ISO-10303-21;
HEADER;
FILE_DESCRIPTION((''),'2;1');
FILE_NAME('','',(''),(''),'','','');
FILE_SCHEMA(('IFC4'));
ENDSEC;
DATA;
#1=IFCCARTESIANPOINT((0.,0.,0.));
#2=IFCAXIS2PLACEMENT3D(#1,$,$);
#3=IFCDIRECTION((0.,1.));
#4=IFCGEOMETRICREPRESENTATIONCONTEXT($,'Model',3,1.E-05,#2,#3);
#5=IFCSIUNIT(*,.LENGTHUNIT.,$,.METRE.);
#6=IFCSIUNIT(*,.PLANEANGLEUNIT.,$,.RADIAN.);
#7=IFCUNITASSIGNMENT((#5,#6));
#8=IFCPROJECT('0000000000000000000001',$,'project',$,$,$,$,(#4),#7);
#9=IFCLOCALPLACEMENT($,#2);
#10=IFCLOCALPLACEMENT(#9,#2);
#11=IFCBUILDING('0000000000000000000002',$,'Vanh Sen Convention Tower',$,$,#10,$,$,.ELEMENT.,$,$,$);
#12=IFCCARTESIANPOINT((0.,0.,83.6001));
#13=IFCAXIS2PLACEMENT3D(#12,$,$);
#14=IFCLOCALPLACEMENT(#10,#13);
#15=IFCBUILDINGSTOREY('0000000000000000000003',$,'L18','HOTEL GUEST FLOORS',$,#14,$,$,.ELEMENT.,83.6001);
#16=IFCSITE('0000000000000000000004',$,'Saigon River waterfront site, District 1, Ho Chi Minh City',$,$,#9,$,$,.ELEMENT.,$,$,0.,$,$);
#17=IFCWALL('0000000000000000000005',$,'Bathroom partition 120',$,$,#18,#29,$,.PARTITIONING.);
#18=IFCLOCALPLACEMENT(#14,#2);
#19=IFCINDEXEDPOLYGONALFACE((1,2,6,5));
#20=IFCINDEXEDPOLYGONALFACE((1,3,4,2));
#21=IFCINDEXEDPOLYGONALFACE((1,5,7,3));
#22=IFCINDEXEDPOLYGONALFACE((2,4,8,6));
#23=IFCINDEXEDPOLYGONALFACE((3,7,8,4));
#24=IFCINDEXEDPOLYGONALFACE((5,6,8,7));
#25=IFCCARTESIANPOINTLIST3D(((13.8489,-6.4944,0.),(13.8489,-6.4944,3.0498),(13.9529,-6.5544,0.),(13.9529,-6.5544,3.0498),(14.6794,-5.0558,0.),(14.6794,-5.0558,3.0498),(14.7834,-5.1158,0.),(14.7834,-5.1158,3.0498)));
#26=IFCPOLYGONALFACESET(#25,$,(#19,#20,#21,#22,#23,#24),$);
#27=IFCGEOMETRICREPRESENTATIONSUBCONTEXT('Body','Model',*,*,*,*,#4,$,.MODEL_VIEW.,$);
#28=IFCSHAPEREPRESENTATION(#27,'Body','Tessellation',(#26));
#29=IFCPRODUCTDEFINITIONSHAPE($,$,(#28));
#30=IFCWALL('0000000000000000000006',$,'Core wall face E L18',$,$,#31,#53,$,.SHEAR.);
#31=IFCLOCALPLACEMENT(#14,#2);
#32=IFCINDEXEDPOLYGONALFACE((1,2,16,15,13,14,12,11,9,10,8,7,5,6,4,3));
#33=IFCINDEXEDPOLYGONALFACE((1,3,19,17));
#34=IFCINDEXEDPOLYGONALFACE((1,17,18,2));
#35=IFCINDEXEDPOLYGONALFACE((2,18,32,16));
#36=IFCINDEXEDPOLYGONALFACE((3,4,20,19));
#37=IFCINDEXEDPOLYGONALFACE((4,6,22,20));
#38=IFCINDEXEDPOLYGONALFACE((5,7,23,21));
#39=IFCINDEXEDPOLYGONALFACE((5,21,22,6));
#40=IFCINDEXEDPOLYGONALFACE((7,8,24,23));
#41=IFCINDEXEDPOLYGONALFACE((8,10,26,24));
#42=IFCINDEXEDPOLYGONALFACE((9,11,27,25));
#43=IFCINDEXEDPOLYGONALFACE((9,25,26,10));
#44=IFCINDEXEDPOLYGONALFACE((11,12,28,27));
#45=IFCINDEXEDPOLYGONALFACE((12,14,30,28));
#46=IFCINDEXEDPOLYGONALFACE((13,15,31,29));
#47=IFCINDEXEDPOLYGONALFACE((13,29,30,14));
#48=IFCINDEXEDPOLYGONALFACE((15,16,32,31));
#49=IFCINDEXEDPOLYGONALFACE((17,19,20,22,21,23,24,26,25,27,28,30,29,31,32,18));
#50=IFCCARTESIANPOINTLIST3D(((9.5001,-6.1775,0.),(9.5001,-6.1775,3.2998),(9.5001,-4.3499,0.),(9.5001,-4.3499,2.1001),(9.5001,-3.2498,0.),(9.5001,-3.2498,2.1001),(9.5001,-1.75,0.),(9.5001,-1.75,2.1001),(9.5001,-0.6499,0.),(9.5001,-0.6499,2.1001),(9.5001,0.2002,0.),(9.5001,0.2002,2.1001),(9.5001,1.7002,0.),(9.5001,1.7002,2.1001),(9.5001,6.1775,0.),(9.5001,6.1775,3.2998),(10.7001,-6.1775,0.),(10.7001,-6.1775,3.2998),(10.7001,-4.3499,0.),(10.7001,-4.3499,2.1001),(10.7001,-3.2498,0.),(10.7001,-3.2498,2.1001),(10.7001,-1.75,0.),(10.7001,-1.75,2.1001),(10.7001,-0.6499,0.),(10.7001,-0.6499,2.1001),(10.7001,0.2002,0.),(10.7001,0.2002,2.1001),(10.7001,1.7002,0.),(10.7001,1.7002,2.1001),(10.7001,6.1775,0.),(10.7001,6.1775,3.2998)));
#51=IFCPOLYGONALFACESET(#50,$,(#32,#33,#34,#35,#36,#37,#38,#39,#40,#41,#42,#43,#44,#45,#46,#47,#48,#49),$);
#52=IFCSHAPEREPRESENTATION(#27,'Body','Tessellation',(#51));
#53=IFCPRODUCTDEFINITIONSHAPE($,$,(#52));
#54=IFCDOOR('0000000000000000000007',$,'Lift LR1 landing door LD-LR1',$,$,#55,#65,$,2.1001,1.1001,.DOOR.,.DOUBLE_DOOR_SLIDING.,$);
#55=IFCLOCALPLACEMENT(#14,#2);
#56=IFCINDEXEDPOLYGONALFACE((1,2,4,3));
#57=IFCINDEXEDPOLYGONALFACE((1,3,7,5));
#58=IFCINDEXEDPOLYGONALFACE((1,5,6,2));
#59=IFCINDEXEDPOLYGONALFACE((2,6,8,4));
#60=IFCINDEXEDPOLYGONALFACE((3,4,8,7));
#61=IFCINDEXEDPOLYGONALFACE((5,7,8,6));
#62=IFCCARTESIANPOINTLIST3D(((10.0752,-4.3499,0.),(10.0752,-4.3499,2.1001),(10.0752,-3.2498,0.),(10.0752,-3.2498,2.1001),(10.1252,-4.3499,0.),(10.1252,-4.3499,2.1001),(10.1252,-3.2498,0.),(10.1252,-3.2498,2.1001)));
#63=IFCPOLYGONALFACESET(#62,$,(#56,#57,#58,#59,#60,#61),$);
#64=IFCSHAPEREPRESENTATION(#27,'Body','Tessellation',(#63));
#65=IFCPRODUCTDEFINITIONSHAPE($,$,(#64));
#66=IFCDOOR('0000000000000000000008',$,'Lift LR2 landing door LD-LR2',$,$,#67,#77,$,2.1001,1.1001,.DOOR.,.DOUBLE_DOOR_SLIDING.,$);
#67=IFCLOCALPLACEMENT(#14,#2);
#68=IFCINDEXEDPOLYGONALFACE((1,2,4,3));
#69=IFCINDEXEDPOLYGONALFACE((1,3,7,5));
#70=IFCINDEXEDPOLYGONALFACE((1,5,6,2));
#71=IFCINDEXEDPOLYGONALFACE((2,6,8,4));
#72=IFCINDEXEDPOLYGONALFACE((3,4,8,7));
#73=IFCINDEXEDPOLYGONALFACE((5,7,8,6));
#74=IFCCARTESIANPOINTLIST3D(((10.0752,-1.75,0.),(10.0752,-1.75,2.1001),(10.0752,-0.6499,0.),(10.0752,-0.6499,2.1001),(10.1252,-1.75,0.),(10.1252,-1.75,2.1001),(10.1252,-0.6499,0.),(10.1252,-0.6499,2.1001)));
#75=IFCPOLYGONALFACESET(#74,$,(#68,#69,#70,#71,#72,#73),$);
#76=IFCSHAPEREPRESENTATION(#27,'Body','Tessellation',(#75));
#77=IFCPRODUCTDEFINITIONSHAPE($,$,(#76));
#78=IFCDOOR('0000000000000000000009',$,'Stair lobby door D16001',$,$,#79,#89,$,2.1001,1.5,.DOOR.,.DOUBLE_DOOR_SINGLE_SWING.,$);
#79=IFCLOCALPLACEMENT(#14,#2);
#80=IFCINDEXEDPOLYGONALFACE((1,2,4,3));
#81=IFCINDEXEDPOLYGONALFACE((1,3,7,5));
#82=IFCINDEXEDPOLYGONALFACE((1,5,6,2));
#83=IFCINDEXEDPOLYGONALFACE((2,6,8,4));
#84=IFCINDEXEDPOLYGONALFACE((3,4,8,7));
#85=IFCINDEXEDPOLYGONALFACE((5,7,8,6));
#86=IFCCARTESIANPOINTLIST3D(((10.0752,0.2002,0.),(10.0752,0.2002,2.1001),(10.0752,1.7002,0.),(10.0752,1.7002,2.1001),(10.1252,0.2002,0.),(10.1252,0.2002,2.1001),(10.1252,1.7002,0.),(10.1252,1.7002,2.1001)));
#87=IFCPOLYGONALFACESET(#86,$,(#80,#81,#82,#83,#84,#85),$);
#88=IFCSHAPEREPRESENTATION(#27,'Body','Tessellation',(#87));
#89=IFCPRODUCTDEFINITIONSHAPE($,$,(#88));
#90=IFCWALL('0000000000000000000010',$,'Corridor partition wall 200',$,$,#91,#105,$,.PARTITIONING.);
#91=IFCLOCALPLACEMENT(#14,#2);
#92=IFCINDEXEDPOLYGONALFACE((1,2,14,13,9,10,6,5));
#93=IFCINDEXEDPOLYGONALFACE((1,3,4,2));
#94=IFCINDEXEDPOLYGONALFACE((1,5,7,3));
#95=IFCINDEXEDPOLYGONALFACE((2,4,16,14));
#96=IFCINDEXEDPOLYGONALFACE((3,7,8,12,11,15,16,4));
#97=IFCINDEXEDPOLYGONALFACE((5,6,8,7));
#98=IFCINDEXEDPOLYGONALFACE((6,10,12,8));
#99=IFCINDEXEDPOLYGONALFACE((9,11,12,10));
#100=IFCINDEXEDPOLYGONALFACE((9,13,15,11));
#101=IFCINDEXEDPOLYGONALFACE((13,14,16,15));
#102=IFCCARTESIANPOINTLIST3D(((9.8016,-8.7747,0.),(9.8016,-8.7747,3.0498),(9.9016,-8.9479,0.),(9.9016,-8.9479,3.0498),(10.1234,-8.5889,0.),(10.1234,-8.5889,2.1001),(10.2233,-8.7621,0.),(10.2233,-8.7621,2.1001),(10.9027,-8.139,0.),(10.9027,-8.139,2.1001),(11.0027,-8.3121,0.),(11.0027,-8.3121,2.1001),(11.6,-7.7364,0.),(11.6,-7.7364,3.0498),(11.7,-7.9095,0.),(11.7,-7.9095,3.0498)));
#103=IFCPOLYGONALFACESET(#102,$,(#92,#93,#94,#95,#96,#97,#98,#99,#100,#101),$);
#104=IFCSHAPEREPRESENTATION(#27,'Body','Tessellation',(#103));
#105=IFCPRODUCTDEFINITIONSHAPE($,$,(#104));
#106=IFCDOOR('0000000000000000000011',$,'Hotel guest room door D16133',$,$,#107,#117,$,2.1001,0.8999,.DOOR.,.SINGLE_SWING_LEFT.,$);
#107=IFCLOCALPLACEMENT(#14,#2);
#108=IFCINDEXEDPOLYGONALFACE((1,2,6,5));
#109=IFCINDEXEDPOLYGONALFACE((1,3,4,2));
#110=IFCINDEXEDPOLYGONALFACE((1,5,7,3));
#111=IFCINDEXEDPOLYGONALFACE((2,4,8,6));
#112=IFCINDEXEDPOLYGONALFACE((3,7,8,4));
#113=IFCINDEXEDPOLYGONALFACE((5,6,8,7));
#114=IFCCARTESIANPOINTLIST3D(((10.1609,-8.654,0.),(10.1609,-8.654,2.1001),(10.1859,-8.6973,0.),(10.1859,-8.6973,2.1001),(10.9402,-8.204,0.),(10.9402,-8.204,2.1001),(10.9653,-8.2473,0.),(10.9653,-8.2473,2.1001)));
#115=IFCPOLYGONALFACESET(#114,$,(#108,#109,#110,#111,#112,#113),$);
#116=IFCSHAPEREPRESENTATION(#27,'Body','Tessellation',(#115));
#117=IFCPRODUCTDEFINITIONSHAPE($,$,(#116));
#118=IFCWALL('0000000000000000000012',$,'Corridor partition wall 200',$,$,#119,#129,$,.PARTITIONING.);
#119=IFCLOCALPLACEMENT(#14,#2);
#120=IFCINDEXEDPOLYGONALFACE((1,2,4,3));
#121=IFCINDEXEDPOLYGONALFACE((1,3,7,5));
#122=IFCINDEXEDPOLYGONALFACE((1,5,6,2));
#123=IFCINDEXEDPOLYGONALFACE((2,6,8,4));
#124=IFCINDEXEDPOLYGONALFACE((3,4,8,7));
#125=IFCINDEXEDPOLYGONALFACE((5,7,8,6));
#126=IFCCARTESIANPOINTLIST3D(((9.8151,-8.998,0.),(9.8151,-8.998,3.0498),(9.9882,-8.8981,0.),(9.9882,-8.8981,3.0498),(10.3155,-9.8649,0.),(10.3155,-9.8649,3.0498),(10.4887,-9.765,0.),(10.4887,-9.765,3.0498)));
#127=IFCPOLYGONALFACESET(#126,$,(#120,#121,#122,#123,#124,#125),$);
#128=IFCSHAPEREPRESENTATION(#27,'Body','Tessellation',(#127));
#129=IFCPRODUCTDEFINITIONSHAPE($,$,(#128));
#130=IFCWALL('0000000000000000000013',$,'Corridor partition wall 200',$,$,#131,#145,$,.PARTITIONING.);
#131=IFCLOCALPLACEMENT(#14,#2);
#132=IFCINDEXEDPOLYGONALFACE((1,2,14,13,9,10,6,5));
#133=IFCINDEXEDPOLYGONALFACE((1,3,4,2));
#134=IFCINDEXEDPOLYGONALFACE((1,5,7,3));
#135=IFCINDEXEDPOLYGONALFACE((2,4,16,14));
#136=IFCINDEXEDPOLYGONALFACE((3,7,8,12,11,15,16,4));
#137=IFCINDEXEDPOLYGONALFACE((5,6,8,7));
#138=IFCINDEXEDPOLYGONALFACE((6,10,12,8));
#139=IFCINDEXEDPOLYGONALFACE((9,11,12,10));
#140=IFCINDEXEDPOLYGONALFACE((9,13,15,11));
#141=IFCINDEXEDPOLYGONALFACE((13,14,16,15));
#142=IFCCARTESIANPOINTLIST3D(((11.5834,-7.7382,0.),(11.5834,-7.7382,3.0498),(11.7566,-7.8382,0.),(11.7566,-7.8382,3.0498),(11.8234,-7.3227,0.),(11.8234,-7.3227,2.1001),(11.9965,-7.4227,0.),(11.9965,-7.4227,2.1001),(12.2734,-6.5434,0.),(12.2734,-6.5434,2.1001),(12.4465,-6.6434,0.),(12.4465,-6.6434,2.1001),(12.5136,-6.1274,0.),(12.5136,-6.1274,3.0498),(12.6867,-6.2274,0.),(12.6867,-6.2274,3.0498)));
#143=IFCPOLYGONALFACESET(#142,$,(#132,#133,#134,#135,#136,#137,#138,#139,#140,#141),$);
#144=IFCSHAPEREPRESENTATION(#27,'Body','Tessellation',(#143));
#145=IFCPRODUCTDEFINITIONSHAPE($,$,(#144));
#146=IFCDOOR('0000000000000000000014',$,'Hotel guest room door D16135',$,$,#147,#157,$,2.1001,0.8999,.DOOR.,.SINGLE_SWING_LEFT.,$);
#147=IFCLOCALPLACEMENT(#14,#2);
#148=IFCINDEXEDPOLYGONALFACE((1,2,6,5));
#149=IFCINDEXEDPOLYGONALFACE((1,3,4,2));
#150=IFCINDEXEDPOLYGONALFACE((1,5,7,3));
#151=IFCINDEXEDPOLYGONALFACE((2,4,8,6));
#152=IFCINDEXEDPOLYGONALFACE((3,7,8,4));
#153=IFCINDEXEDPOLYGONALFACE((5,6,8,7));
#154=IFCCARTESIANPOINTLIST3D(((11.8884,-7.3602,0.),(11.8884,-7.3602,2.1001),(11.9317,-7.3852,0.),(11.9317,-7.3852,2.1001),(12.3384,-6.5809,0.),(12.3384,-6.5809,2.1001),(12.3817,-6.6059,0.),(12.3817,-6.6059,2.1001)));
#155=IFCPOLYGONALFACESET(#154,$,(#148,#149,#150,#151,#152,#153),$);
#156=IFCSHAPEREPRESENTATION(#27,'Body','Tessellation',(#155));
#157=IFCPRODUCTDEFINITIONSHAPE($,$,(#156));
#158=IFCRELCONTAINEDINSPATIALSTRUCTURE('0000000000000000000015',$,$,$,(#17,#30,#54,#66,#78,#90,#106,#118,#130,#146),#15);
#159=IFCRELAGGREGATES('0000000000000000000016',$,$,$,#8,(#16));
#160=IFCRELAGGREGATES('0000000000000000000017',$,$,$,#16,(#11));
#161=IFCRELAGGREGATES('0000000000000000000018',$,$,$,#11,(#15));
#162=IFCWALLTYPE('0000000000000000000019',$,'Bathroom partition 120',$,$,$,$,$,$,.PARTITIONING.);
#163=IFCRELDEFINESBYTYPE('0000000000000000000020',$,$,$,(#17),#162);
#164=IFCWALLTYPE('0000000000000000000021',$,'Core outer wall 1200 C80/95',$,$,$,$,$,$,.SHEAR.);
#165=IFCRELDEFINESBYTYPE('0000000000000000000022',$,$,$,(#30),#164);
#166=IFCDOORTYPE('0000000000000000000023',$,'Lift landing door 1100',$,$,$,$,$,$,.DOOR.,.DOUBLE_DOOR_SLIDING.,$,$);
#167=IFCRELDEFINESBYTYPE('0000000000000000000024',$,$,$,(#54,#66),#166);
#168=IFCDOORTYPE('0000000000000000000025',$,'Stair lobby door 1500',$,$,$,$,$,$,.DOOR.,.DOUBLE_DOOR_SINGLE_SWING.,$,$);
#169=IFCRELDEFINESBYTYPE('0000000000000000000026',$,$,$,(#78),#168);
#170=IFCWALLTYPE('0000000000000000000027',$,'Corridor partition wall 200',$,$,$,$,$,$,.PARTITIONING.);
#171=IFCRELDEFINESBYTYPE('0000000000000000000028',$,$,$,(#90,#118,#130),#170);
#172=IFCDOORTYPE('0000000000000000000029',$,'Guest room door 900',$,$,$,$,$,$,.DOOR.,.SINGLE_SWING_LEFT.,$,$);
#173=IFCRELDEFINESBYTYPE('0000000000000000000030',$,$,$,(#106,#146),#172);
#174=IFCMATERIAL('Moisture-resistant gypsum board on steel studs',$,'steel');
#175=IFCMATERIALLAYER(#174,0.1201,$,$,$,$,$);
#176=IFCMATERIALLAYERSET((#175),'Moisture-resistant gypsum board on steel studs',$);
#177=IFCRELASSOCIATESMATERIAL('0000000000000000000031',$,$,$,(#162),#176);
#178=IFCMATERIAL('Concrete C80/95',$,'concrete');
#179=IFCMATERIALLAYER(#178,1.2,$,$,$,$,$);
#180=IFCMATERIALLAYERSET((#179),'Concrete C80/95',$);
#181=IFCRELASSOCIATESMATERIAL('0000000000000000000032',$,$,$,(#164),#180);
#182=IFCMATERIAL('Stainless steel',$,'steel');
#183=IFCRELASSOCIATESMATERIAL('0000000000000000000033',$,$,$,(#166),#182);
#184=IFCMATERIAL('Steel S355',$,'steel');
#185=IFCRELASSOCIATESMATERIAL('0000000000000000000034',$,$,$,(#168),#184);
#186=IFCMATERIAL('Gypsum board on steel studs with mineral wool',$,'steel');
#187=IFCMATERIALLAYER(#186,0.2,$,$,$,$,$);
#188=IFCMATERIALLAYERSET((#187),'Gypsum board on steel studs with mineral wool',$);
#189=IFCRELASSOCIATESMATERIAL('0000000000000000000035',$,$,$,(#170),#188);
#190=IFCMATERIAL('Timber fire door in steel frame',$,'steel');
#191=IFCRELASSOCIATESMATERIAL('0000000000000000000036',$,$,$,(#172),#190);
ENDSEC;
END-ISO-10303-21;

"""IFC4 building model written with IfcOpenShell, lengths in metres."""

from ifc_helpers import new_model, si_unit, direction, frame, frame_2d, origin, place, context, subcontext, project, spatial, rectangle, extrude, material, layer, layer_set, type_object, element, fill, save


model = new_model("IFC4")

# Units and contexts
model_context = context("Model", 3, precision=1e-05, world=origin(), true_north=direction((0.0, 1.0)))
body_context = subcontext(model_context, "Body", "Model", "MODEL_VIEW")
ifc_project = project(units=[si_unit("LENGTHUNIT", "METRE"), si_unit("PLANEANGLEUNIT", "RADIAN")], contexts=[model_context])

# Site, building, storey
site_placement = place(None, origin())
site = spatial("IfcSite", under=ifc_project, at=site_placement, Name="Saigon River waterfront site, District 1, Ho Chi Minh City", CompositionType="ELEMENT", RefElevation=0.0)
building_placement = place(site_placement, origin())
building = spatial("IfcBuilding", under=site, at=building_placement, Name="Vanh Sen Convention Tower", CompositionType="ELEMENT")
storey_placement = place(building_placement, frame((0.0, 0.0, 83.6001)))
storey = spatial("IfcBuildingStorey", under=building, at=storey_placement, Name="L18", Description="HOTEL GUEST FLOORS", CompositionType="ELEMENT", Elevation=83.6001)

# Wall
ifc_material_1 = material(Name="Moisture-resistant gypsum board on steel studs", Category="steel")
ifc_layer_1 = layer(ifc_material_1, 0.1201)
ifc_layer_set_1 = layer_set([ifc_layer_1], Name="Moisture-resistant gypsum board on steel studs")
wall_type_1 = type_object("IfcWallType", Name="Bathroom partition 120", PredefinedType="PARTITIONING", material=ifc_layer_set_1)
wall_1_placement = place(storey_placement, frame((13.9009, -6.5244, 0.0), z_axis=(0.0, 0.0, 1.0), x_axis=(0.499964, 0.866046, 0.0)))
element("IfcWall", 1, at=wall_1_placement, inside=storey, type_object=wall_type_1, Name="Bathroom partition 120", PredefinedType="PARTITIONING", context=body_context, shape_type="SweptSolid", body=[
    extrude(rectangle(XDim=1.6611, YDim=0.1201, at=frame_2d((0.8306, 0.0))), origin(), (0.0, 0.0, 1.0), 3.0498),
])

# Wall, openings, doors
ifc_material_2 = material(Name="Concrete C80/95", Category="concrete")
ifc_layer_2 = layer(ifc_material_2, 1.2)
ifc_layer_set_2 = layer_set([ifc_layer_2], Name="Concrete C80/95")
wall_type_2 = type_object("IfcWallType", Name="Core outer wall 1200 C80/95", PredefinedType="SHEAR", material=ifc_layer_set_2)
wall_2_placement = place(storey_placement, frame((10.1001, -6.1775, 0.0), z_axis=(0.0, 0.0, 1.0), x_axis=(0.0, 1.0, 0.0)))
wall_2 = element("IfcWall", 2, at=wall_2_placement, inside=storey, type_object=wall_type_2, Name="Core wall face E L18", PredefinedType="SHEAR", context=body_context, shape_type="SweptSolid", body=[
    extrude(rectangle(XDim=12.355, YDim=1.2, at=frame_2d((6.1775, 0.0))), origin(), (0.0, 0.0, 1.0), 3.2998),
])
opening_1_placement = place(wall_2_placement, frame((6.3777, 0.0, 0.0)))
opening_1 = element("IfcOpeningElement", 3, at=opening_1_placement, cuts=wall_2, PredefinedType="OPENING", context=body_context, shape_type="SweptSolid", body=[
    extrude(rectangle(XDim=1.5, YDim=2.1001, at=frame_2d((0.75, 1.05))), frame((0.0, 0.6099, 0.0), z_axis=(0.0, -1.0, 0.0), x_axis=(1.0, 0.0, 0.0)), (0.0, 0.0, 1.0), 1.22),
])
opening_2_placement = place(wall_2_placement, frame((1.8276, 0.0, 0.0)))
opening_2 = element("IfcOpeningElement", 4, at=opening_2_placement, cuts=wall_2, PredefinedType="OPENING", context=body_context, shape_type="SweptSolid", body=[
    extrude(rectangle(XDim=1.1001, YDim=2.1001, at=frame_2d((0.55, 1.05))), frame((0.0, 0.6099, 0.0), z_axis=(0.0, -1.0, 0.0), x_axis=(1.0, 0.0, 0.0)), (0.0, 0.0, 1.0), 1.22),
])
opening_3_placement = place(wall_2_placement, frame((4.4275, 0.0, 0.0)))
opening_3 = element("IfcOpeningElement", 5, at=opening_3_placement, cuts=wall_2, PredefinedType="OPENING", context=body_context, shape_type="SweptSolid", body=[
    extrude(rectangle(XDim=1.1001, YDim=2.1001, at=frame_2d((0.55, 1.05))), frame((0.0, 0.6099, 0.0), z_axis=(0.0, -1.0, 0.0), x_axis=(1.0, 0.0, 0.0)), (0.0, 0.0, 1.0), 1.22),
])
ifc_material_3 = material(Name="Stainless steel", Category="steel")
door_type_1 = type_object("IfcDoorType", Name="Lift landing door 1100", OperationType="DOUBLE_DOOR_SLIDING", PredefinedType="DOOR", material=ifc_material_3)
door_1_placement = place(opening_2_placement, origin())
door_1 = element("IfcDoor", 6, at=door_1_placement, inside=storey, type_object=door_type_1, Name="Lift LR1 landing door LD-LR1", OperationType="DOUBLE_DOOR_SLIDING", OverallHeight=2.1001, OverallWidth=1.1001, PredefinedType="DOOR", context=body_context, shape_type="SweptSolid", body=[
    extrude(rectangle(XDim=1.1001, YDim=2.1001, at=frame_2d((0.55, 1.05))), frame((0.0, 0.0249, 0.0), z_axis=(0.0, -1.0, 0.0), x_axis=(1.0, 0.0, 0.0)), (0.0, 0.0, 1.0), 0.05),
])
fill(opening_2, door_1)
door_2_placement = place(opening_3_placement, origin())
door_2 = element("IfcDoor", 7, at=door_2_placement, inside=storey, type_object=door_type_1, Name="Lift LR2 landing door LD-LR2", OperationType="DOUBLE_DOOR_SLIDING", OverallHeight=2.1001, OverallWidth=1.1001, PredefinedType="DOOR", context=body_context, shape_type="SweptSolid", body=[
    extrude(rectangle(XDim=1.1001, YDim=2.1001, at=frame_2d((0.55, 1.05))), frame((0.0, 0.0249, 0.0), z_axis=(0.0, -1.0, 0.0), x_axis=(1.0, 0.0, 0.0)), (0.0, 0.0, 1.0), 0.05),
])
fill(opening_3, door_2)
ifc_material_4 = material(Name="Steel S355", Category="steel")
door_type_2 = type_object("IfcDoorType", Name="Stair lobby door 1500", OperationType="DOUBLE_DOOR_SINGLE_SWING", PredefinedType="DOOR", material=ifc_material_4)
door_3_placement = place(opening_1_placement, origin())
door_3 = element("IfcDoor", 8, at=door_3_placement, inside=storey, type_object=door_type_2, Name="Stair lobby door D16001", OperationType="DOUBLE_DOOR_SINGLE_SWING", OverallHeight=2.1001, OverallWidth=1.5, PredefinedType="DOOR", context=body_context, shape_type="SweptSolid", body=[
    extrude(rectangle(XDim=1.5, YDim=2.1001, at=frame_2d((0.75, 1.05))), frame((0.0, 0.0249, 0.0), z_axis=(0.0, -1.0, 0.0), x_axis=(1.0, 0.0, 0.0)), (0.0, 0.0, 1.0), 0.05),
])
fill(opening_1, door_3)

# Wall, opening, door
ifc_material_5 = material(Name="Gypsum board on steel studs with mineral wool", Category="steel")
ifc_layer_3 = layer(ifc_material_5, 0.2)
ifc_layer_set_3 = layer_set([ifc_layer_3], Name="Gypsum board on steel studs with mineral wool")
wall_type_3 = type_object("IfcWallType", Name="Corridor partition wall 200", PredefinedType="PARTITIONING", material=ifc_layer_set_3)
wall_3_placement = place(storey_placement, frame((9.8516, -8.8613, 0.0), z_axis=(0.0, 0.0, 1.0), x_axis=(0.866013, 0.500021, 0.0)))
wall_3 = element("IfcWall", 9, at=wall_3_placement, inside=storey, type_object=wall_type_3, Name="Corridor partition wall 200", PredefinedType="PARTITIONING", context=body_context, shape_type="SweptSolid", body=[
    extrude(rectangle(XDim=2.0767, YDim=0.2, at=frame_2d((1.0383, 0.0))), origin(), (0.0, 0.0, 1.0), 3.0498),
])
opening_4_placement = place(wall_3_placement, frame((0.3716, 0.0, 0.0)))
opening_4 = element("IfcOpeningElement", 10, at=opening_4_placement, cuts=wall_3, PredefinedType="OPENING", context=body_context, shape_type="SweptSolid", body=[
    extrude(rectangle(XDim=0.8999, YDim=2.1001, at=frame_2d((0.45, 1.05))), frame((0.0, 0.1099, 0.0), z_axis=(0.0, -1.0, 0.0), x_axis=(1.0, 0.0, 0.0)), (0.0, 0.0, 1.0), 0.22),
])
ifc_material_6 = material(Name="Timber fire door in steel frame", Category="steel")
door_type_3 = type_object("IfcDoorType", Name="Guest room door 900", OperationType="SINGLE_SWING_LEFT", PredefinedType="DOOR", material=ifc_material_6)
door_4_placement = place(opening_4_placement, origin())
door_4 = element("IfcDoor", 11, at=door_4_placement, inside=storey, type_object=door_type_3, Name="Hotel guest room door D16133", OperationType="SINGLE_SWING_LEFT", OverallHeight=2.1001, OverallWidth=0.8999, PredefinedType="DOOR", context=body_context, shape_type="SweptSolid", body=[
    extrude(rectangle(XDim=0.8999, YDim=2.1001, at=frame_2d((0.45, 1.05))), frame((0.0, 0.0249, 0.0), z_axis=(0.0, -1.0, 0.0), x_axis=(1.0, 0.0, 0.0)), (0.0, 0.0, 1.0), 0.05),
])
fill(opening_4, door_4)

# Wall
wall_4_placement = place(storey_placement, frame((10.4021, -9.8149, 0.0), z_axis=(0.0, 0.0, 1.0), x_axis=(-0.499969, 0.866043, 0.0)))
element("IfcWall", 12, at=wall_4_placement, inside=storey, type_object=wall_type_3, Name="Corridor partition wall 200", PredefinedType="PARTITIONING", context=body_context, shape_type="SweptSolid", body=[
    extrude(rectangle(XDim=1.001, YDim=0.2, at=frame_2d((0.5005, 0.0))), origin(), (0.0, 0.0, 1.0), 3.0498),
])

# Wall, opening, door
wall_5_placement = place(storey_placement, frame((11.6699, -7.7883, 0.0), z_axis=(0.0, 0.0, 1.0), x_axis=(0.500063, 0.865989, 0.0)))
wall_5 = element("IfcWall", 13, at=wall_5_placement, inside=storey, type_object=wall_type_3, Name="Corridor partition wall 200", PredefinedType="PARTITIONING", context=body_context, shape_type="SweptSolid", body=[
    extrude(rectangle(XDim=1.8601, YDim=0.2, at=frame_2d((0.9302, 0.0))), origin(), (0.0, 0.0, 1.0), 3.0498),
])
opening_5_placement = place(wall_5_placement, frame((0.48, 0.0, 0.0)))
opening_5 = element("IfcOpeningElement", 14, at=opening_5_placement, cuts=wall_5, PredefinedType="OPENING", context=body_context, shape_type="SweptSolid", body=[
    extrude(rectangle(XDim=0.8999, YDim=2.1001, at=frame_2d((0.45, 1.05))), frame((0.0, 0.1099, 0.0), z_axis=(0.0, -1.0, 0.0), x_axis=(1.0, 0.0, 0.0)), (0.0, 0.0, 1.0), 0.22),
])
door_5_placement = place(opening_5_placement, origin())
door_5 = element("IfcDoor", 15, at=door_5_placement, inside=storey, type_object=door_type_3, Name="Hotel guest room door D16135", OperationType="SINGLE_SWING_LEFT", OverallHeight=2.1001, OverallWidth=0.8999, PredefinedType="DOOR", context=body_context, shape_type="SweptSolid", body=[
    extrude(rectangle(XDim=0.8999, YDim=2.1001, at=frame_2d((0.45, 1.05))), frame((0.0, 0.0249, 0.0), z_axis=(0.0, -1.0, 0.0), x_axis=(1.0, 0.0, 0.0)), (0.0, 0.0, 1.0), 0.05),
])
fill(opening_5, door_5)

save(model, "model.ifc")
